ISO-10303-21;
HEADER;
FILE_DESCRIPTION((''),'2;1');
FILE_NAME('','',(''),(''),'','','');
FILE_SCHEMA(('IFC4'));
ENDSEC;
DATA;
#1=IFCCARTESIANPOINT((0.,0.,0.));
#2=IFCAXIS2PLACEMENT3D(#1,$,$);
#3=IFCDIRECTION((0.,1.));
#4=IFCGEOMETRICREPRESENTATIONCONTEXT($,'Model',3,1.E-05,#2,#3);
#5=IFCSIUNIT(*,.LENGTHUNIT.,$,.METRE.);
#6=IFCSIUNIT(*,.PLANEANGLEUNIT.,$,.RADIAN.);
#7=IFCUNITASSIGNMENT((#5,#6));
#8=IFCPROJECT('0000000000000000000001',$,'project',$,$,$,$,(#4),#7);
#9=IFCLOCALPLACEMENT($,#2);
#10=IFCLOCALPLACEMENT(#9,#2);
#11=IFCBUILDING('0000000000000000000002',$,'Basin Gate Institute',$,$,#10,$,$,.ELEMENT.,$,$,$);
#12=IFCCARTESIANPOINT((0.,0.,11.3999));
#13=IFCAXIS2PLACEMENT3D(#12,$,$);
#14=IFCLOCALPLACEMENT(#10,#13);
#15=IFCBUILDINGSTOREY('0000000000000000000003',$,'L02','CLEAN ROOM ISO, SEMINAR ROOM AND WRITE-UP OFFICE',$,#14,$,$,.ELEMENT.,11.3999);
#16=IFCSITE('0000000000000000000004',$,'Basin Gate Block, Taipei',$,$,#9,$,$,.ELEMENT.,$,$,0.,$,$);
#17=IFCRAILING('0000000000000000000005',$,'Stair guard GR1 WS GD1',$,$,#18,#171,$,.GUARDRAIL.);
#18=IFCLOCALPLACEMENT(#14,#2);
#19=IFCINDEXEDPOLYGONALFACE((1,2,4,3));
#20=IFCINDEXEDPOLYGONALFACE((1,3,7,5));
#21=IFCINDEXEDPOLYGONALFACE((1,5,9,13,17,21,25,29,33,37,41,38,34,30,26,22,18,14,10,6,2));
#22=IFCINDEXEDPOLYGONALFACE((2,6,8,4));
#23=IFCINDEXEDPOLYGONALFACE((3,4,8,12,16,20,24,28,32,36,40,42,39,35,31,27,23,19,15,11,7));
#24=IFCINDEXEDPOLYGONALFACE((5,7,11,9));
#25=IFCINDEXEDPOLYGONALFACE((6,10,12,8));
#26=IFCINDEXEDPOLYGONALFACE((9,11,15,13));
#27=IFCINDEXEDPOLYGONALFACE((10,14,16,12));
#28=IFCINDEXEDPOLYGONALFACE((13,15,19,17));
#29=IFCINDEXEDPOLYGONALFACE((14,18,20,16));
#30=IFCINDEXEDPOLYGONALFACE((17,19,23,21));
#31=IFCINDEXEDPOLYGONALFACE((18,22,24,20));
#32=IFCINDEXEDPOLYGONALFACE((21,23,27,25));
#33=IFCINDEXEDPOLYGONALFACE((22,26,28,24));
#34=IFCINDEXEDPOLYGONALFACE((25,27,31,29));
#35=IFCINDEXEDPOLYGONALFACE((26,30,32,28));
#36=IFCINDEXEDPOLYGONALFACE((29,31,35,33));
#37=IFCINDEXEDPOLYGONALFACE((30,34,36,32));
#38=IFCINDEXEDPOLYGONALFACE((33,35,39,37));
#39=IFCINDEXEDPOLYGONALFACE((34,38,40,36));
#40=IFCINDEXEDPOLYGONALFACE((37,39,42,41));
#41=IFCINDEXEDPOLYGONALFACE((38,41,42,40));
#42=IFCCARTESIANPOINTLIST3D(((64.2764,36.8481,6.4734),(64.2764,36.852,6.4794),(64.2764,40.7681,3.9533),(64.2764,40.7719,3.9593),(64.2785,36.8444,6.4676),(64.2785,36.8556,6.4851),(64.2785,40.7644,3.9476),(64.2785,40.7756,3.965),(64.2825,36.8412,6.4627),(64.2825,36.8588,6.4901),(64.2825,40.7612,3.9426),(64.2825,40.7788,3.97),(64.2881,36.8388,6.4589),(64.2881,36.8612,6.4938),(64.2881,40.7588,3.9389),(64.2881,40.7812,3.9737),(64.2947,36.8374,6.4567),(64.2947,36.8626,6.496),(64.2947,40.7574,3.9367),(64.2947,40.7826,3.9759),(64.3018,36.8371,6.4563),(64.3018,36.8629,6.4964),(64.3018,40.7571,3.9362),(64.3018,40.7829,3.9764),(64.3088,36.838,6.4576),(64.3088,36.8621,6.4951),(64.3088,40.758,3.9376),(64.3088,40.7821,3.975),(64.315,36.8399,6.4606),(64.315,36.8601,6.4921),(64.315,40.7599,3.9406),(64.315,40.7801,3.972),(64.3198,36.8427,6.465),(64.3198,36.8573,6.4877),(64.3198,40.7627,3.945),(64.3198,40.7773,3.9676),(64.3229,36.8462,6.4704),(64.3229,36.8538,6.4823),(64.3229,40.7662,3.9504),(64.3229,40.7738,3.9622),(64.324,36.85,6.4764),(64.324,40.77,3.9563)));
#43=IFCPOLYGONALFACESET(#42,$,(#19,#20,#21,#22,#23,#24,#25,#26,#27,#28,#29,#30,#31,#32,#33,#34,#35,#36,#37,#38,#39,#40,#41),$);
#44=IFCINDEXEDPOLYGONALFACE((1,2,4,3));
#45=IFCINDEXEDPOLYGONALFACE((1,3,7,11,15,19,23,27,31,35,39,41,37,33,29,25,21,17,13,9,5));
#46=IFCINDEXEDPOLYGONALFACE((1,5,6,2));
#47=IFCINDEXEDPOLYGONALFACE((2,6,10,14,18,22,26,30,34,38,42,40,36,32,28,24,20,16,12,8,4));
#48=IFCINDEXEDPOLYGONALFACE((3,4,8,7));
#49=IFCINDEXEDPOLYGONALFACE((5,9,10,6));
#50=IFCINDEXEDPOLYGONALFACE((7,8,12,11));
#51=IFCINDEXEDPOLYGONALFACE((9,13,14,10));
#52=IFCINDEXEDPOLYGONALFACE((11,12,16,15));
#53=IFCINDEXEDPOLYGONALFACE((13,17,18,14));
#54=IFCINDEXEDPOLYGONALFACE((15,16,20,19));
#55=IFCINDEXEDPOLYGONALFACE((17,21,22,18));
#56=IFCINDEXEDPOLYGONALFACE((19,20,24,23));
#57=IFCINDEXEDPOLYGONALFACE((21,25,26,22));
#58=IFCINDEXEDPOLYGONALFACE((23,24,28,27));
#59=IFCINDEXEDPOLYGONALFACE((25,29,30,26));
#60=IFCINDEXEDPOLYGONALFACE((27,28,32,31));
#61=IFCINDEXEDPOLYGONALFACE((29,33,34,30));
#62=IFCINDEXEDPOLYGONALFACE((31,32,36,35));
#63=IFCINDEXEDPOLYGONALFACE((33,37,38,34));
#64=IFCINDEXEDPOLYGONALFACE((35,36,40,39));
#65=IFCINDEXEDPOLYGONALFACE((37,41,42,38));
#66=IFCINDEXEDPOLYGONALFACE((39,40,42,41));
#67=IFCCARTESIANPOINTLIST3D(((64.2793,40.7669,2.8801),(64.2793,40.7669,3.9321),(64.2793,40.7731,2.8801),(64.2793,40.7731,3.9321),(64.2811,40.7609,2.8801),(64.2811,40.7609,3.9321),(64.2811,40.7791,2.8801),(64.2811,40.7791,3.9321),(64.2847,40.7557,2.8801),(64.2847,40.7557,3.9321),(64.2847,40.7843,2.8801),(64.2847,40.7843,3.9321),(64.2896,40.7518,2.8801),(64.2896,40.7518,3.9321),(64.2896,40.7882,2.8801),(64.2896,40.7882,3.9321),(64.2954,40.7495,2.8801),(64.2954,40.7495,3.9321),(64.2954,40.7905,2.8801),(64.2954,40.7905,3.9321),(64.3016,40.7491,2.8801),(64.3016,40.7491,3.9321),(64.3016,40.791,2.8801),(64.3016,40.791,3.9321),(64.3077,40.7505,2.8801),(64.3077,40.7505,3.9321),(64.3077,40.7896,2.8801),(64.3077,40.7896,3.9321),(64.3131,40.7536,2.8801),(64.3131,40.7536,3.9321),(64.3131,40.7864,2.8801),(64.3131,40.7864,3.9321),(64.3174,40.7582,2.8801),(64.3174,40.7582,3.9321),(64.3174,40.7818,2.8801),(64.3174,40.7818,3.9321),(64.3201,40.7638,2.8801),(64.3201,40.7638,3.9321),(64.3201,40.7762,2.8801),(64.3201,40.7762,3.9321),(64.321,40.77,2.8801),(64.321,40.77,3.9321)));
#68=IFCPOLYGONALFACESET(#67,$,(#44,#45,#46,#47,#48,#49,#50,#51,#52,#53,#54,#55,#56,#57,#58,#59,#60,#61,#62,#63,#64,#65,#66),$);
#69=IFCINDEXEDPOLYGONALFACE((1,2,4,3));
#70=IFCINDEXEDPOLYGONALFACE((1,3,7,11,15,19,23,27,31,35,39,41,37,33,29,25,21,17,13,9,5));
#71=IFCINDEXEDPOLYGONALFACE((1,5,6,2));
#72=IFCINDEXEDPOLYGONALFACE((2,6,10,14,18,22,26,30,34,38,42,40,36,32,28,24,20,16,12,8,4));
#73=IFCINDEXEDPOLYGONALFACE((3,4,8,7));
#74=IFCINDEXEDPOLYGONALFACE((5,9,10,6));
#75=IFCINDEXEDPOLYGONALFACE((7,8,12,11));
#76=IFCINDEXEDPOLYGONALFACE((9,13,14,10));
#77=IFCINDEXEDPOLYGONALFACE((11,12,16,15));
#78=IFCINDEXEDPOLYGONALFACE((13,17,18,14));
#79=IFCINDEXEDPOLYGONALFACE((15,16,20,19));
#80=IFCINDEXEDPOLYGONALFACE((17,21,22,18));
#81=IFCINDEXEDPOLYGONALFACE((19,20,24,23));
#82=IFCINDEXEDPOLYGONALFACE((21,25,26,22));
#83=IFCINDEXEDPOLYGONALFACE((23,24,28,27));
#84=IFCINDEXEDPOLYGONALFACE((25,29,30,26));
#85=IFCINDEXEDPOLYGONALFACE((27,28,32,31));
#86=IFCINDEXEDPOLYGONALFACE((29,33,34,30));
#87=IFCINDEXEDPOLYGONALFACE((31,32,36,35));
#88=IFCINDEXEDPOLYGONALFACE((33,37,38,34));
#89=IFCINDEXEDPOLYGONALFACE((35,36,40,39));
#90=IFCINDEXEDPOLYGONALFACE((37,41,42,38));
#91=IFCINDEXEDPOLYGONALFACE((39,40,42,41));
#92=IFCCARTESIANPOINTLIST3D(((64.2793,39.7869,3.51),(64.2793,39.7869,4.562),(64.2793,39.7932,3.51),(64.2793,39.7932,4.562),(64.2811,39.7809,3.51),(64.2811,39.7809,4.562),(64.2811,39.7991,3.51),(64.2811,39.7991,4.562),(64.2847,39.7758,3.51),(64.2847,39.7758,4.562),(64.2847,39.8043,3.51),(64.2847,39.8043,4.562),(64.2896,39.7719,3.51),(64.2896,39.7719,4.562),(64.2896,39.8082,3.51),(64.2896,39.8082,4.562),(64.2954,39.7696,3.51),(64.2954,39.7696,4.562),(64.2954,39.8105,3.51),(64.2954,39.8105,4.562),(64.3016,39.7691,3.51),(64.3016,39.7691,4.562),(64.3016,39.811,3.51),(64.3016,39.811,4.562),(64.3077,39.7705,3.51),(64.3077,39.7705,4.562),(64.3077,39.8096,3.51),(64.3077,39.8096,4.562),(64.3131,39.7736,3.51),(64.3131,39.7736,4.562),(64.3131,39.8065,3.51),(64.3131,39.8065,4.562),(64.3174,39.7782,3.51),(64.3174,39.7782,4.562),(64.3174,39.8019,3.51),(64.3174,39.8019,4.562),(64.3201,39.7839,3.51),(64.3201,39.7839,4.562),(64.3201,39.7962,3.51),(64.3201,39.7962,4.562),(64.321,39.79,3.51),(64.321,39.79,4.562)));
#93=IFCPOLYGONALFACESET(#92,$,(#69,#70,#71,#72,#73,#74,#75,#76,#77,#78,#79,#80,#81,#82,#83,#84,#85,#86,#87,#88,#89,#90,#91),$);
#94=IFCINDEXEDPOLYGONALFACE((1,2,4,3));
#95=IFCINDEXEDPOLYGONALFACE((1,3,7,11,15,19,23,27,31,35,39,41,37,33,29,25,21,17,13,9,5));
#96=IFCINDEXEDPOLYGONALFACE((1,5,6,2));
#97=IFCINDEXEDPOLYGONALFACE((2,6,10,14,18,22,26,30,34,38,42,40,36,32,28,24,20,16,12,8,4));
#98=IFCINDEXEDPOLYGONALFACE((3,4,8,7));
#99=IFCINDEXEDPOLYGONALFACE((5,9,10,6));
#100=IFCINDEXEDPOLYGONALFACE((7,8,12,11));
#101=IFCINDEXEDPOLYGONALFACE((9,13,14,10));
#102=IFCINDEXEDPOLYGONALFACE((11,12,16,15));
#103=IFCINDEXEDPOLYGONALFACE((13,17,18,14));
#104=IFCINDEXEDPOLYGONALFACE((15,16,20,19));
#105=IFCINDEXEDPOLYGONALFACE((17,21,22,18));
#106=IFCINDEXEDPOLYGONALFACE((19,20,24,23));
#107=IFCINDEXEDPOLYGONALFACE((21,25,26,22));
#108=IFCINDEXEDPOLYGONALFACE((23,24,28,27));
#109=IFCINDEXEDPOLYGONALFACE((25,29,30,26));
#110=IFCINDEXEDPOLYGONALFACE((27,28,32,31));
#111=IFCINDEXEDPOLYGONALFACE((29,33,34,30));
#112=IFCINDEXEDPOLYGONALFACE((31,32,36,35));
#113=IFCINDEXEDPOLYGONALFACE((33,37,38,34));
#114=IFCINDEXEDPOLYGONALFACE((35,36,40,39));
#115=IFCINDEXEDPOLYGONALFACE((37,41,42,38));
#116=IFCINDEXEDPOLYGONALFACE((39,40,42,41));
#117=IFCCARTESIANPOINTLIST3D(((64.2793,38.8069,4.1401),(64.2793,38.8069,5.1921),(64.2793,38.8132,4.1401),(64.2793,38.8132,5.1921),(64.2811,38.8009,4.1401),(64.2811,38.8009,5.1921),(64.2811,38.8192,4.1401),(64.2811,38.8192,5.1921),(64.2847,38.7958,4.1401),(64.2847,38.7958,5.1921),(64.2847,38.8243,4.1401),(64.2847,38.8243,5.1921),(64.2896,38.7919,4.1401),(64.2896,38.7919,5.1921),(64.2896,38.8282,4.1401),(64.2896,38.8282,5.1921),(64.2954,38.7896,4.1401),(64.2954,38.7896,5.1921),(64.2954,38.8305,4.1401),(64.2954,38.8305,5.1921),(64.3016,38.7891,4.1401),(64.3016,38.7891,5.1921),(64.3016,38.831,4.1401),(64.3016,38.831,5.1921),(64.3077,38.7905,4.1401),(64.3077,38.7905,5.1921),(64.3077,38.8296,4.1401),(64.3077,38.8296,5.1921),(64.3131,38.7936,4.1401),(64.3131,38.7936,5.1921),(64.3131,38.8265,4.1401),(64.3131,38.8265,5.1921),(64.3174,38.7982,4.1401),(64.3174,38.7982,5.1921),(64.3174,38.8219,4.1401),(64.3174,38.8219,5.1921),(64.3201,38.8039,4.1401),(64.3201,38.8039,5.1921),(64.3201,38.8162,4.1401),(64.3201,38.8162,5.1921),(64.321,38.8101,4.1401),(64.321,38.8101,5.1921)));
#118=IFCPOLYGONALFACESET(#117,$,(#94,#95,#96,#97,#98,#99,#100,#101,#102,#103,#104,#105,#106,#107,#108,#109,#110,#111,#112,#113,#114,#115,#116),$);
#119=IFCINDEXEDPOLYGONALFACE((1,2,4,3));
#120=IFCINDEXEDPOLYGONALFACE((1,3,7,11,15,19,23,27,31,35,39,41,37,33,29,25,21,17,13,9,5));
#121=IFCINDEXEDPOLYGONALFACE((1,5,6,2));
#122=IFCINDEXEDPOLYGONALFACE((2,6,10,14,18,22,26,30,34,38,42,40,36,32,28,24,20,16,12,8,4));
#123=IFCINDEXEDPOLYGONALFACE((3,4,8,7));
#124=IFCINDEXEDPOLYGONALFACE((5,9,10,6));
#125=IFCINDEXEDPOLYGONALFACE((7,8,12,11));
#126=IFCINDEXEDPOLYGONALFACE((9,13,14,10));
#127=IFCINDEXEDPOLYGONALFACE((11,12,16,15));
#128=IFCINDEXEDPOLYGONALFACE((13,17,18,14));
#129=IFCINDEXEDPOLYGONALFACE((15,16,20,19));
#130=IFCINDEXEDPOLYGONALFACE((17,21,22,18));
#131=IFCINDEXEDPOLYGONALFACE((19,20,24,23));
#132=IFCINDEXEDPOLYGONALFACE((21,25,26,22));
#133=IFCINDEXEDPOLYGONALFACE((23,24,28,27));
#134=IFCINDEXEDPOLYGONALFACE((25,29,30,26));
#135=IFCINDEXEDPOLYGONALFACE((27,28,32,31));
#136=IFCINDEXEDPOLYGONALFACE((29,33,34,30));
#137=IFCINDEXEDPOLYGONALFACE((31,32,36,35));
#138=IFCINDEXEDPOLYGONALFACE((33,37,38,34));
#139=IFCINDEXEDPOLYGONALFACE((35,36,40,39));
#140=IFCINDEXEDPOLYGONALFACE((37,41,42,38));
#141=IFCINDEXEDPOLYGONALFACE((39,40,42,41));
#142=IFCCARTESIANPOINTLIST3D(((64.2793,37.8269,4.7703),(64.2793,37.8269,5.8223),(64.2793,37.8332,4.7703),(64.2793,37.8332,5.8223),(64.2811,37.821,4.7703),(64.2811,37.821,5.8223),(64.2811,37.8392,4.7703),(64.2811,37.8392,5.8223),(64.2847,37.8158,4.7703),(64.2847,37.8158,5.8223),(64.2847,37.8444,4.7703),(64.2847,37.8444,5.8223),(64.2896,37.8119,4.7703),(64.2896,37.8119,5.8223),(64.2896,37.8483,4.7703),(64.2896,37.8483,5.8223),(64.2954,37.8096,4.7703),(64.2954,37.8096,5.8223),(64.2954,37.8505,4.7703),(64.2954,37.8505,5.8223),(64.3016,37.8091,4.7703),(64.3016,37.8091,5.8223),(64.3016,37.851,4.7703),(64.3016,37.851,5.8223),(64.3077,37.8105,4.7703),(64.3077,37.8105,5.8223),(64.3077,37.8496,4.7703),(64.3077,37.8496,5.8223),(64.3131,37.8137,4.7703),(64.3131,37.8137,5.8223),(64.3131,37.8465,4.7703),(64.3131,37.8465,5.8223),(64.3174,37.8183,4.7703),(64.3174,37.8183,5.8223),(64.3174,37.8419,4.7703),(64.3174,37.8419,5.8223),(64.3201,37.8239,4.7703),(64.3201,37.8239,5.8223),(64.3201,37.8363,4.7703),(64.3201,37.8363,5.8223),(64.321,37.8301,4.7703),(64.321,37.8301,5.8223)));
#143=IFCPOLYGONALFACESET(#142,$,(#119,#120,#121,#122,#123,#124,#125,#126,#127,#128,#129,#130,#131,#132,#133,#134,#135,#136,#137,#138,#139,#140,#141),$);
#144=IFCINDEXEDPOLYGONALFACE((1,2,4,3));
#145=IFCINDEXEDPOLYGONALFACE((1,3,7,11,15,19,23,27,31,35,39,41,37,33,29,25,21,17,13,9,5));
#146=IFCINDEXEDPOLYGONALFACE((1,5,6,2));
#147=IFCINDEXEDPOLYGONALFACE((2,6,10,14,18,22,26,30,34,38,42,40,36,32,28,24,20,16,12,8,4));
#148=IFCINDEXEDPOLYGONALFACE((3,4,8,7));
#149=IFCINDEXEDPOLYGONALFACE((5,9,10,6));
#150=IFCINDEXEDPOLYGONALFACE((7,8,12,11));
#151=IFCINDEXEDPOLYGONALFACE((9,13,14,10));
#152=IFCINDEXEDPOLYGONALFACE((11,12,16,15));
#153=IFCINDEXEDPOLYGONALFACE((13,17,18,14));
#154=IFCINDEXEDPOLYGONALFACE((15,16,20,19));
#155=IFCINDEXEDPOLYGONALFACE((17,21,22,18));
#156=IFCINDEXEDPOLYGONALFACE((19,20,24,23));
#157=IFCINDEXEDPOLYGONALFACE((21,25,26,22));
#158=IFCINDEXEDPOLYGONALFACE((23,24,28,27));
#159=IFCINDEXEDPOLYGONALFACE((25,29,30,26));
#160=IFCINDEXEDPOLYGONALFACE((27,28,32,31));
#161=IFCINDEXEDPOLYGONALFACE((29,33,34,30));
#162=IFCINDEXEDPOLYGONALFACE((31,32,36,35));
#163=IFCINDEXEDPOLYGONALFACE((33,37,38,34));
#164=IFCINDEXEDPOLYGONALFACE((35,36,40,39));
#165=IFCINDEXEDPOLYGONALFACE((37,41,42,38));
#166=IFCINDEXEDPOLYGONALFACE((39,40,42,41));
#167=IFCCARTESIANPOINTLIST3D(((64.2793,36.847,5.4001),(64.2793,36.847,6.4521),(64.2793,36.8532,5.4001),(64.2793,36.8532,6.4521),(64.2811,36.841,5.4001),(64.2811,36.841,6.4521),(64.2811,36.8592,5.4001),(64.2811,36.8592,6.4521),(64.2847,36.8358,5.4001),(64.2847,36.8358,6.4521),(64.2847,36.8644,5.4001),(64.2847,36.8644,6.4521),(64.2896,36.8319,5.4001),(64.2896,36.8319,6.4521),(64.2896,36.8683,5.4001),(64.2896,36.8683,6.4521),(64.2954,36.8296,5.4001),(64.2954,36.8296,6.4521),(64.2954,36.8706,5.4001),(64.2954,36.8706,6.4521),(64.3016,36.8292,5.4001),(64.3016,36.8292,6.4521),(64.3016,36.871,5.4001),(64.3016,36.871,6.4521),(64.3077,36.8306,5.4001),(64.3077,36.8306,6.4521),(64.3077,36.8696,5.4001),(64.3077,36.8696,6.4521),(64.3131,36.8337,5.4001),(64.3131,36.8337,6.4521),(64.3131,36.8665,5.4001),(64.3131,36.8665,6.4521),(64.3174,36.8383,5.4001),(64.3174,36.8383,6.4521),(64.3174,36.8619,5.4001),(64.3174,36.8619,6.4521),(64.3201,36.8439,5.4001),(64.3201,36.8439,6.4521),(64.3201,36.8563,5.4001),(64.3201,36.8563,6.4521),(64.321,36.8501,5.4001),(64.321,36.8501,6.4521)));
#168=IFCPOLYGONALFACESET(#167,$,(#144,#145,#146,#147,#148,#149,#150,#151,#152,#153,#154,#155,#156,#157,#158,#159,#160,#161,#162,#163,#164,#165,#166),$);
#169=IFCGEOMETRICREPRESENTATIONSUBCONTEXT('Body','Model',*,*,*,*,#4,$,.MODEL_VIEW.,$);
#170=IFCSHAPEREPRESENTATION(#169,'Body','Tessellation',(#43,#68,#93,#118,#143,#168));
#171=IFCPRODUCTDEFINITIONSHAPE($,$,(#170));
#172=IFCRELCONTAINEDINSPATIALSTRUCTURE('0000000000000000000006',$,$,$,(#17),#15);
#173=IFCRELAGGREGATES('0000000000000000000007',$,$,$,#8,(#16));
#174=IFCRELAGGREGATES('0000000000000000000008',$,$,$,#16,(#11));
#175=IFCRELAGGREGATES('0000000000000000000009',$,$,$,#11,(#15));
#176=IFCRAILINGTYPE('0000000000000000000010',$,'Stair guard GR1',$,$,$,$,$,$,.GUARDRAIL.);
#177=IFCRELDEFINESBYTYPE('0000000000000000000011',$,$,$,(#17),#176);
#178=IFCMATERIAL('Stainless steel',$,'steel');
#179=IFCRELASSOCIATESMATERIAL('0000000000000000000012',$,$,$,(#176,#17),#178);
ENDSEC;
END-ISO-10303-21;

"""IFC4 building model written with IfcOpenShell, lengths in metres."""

from ifc_helpers import new_model, si_unit, direction, frame, origin, origin_2d, place, context, subcontext, project, spatial, circle, extrude, material, type_object, element, save


model = new_model("IFC4")

# Units and contexts
model_context = context("Model", 3, precision=1e-05, world=origin(), true_north=direction((0.0, 1.0)))
body_context = subcontext(model_context, "Body", "Model", "MODEL_VIEW")
ifc_project = project(units=[si_unit("LENGTHUNIT", "METRE"), si_unit("PLANEANGLEUNIT", "RADIAN")], contexts=[model_context])

# Site, building, storey
site_placement = place(None, origin())
site = spatial("IfcSite", under=ifc_project, at=site_placement, Name="Basin Gate Block, Taipei", CompositionType="ELEMENT", RefElevation=0.0)
building_placement = place(site_placement, origin())
building = spatial("IfcBuilding", under=site, at=building_placement, Name="Basin Gate Institute", CompositionType="ELEMENT")
storey_placement = place(building_placement, frame((0.0, 0.0, 11.3999)))
storey = spatial("IfcBuildingStorey", under=building, at=storey_placement, Name="L02", Description="CLEAN ROOM ISO, SEMINAR ROOM AND WRITE-UP OFFICE", CompositionType="ELEMENT", Elevation=11.3999)

# Railing
ifc_material_1 = material(Name="Stainless steel", Category="steel")
railing_type_1 = type_object("IfcRailingType", Name="Stair guard GR1", PredefinedType="GUARDRAIL", material=ifc_material_1)
railing_1_placement = place(storey_placement, frame((64.3, 40.77, 2.8801)))
element("IfcRailing", 1, at=railing_1_placement, inside=storey, type_object=railing_type_1, material=ifc_material_1, Name="Stair guard GR1 WS GD1", PredefinedType="GUARDRAIL", context=body_context, shape_type="SweptSolid", body=[
    extrude(circle(Radius=0.0239, at=origin_2d()), frame((0.0, 0.0, 1.0762), z_axis=(0.0, -0.841172, 0.540768), x_axis=(1.0, 0.0, 0.0)), (0.0, 0.0, 1.0), 4.6602),
    extrude(circle(Radius=0.021, at=origin_2d()), origin(), (0.0, 0.0, 1.0), 1.052),
    extrude(circle(Radius=0.021, at=origin_2d()), frame((0.0, -0.98, 0.6299)), (0.0, 0.0, 1.0), 1.052),
    extrude(circle(Radius=0.021, at=origin_2d()), frame((0.0, -1.96, 1.26)), (0.0, 0.0, 1.0), 1.052),
    extrude(circle(Radius=0.021, at=origin_2d()), frame((0.0, -2.9399, 1.8901)), (0.0, 0.0, 1.0), 1.052),
    extrude(circle(Radius=0.021, at=origin_2d()), frame((0.0, -3.9199, 2.52)), (0.0, 0.0, 1.0), 1.052),
])

save(model, "model.ifc")
